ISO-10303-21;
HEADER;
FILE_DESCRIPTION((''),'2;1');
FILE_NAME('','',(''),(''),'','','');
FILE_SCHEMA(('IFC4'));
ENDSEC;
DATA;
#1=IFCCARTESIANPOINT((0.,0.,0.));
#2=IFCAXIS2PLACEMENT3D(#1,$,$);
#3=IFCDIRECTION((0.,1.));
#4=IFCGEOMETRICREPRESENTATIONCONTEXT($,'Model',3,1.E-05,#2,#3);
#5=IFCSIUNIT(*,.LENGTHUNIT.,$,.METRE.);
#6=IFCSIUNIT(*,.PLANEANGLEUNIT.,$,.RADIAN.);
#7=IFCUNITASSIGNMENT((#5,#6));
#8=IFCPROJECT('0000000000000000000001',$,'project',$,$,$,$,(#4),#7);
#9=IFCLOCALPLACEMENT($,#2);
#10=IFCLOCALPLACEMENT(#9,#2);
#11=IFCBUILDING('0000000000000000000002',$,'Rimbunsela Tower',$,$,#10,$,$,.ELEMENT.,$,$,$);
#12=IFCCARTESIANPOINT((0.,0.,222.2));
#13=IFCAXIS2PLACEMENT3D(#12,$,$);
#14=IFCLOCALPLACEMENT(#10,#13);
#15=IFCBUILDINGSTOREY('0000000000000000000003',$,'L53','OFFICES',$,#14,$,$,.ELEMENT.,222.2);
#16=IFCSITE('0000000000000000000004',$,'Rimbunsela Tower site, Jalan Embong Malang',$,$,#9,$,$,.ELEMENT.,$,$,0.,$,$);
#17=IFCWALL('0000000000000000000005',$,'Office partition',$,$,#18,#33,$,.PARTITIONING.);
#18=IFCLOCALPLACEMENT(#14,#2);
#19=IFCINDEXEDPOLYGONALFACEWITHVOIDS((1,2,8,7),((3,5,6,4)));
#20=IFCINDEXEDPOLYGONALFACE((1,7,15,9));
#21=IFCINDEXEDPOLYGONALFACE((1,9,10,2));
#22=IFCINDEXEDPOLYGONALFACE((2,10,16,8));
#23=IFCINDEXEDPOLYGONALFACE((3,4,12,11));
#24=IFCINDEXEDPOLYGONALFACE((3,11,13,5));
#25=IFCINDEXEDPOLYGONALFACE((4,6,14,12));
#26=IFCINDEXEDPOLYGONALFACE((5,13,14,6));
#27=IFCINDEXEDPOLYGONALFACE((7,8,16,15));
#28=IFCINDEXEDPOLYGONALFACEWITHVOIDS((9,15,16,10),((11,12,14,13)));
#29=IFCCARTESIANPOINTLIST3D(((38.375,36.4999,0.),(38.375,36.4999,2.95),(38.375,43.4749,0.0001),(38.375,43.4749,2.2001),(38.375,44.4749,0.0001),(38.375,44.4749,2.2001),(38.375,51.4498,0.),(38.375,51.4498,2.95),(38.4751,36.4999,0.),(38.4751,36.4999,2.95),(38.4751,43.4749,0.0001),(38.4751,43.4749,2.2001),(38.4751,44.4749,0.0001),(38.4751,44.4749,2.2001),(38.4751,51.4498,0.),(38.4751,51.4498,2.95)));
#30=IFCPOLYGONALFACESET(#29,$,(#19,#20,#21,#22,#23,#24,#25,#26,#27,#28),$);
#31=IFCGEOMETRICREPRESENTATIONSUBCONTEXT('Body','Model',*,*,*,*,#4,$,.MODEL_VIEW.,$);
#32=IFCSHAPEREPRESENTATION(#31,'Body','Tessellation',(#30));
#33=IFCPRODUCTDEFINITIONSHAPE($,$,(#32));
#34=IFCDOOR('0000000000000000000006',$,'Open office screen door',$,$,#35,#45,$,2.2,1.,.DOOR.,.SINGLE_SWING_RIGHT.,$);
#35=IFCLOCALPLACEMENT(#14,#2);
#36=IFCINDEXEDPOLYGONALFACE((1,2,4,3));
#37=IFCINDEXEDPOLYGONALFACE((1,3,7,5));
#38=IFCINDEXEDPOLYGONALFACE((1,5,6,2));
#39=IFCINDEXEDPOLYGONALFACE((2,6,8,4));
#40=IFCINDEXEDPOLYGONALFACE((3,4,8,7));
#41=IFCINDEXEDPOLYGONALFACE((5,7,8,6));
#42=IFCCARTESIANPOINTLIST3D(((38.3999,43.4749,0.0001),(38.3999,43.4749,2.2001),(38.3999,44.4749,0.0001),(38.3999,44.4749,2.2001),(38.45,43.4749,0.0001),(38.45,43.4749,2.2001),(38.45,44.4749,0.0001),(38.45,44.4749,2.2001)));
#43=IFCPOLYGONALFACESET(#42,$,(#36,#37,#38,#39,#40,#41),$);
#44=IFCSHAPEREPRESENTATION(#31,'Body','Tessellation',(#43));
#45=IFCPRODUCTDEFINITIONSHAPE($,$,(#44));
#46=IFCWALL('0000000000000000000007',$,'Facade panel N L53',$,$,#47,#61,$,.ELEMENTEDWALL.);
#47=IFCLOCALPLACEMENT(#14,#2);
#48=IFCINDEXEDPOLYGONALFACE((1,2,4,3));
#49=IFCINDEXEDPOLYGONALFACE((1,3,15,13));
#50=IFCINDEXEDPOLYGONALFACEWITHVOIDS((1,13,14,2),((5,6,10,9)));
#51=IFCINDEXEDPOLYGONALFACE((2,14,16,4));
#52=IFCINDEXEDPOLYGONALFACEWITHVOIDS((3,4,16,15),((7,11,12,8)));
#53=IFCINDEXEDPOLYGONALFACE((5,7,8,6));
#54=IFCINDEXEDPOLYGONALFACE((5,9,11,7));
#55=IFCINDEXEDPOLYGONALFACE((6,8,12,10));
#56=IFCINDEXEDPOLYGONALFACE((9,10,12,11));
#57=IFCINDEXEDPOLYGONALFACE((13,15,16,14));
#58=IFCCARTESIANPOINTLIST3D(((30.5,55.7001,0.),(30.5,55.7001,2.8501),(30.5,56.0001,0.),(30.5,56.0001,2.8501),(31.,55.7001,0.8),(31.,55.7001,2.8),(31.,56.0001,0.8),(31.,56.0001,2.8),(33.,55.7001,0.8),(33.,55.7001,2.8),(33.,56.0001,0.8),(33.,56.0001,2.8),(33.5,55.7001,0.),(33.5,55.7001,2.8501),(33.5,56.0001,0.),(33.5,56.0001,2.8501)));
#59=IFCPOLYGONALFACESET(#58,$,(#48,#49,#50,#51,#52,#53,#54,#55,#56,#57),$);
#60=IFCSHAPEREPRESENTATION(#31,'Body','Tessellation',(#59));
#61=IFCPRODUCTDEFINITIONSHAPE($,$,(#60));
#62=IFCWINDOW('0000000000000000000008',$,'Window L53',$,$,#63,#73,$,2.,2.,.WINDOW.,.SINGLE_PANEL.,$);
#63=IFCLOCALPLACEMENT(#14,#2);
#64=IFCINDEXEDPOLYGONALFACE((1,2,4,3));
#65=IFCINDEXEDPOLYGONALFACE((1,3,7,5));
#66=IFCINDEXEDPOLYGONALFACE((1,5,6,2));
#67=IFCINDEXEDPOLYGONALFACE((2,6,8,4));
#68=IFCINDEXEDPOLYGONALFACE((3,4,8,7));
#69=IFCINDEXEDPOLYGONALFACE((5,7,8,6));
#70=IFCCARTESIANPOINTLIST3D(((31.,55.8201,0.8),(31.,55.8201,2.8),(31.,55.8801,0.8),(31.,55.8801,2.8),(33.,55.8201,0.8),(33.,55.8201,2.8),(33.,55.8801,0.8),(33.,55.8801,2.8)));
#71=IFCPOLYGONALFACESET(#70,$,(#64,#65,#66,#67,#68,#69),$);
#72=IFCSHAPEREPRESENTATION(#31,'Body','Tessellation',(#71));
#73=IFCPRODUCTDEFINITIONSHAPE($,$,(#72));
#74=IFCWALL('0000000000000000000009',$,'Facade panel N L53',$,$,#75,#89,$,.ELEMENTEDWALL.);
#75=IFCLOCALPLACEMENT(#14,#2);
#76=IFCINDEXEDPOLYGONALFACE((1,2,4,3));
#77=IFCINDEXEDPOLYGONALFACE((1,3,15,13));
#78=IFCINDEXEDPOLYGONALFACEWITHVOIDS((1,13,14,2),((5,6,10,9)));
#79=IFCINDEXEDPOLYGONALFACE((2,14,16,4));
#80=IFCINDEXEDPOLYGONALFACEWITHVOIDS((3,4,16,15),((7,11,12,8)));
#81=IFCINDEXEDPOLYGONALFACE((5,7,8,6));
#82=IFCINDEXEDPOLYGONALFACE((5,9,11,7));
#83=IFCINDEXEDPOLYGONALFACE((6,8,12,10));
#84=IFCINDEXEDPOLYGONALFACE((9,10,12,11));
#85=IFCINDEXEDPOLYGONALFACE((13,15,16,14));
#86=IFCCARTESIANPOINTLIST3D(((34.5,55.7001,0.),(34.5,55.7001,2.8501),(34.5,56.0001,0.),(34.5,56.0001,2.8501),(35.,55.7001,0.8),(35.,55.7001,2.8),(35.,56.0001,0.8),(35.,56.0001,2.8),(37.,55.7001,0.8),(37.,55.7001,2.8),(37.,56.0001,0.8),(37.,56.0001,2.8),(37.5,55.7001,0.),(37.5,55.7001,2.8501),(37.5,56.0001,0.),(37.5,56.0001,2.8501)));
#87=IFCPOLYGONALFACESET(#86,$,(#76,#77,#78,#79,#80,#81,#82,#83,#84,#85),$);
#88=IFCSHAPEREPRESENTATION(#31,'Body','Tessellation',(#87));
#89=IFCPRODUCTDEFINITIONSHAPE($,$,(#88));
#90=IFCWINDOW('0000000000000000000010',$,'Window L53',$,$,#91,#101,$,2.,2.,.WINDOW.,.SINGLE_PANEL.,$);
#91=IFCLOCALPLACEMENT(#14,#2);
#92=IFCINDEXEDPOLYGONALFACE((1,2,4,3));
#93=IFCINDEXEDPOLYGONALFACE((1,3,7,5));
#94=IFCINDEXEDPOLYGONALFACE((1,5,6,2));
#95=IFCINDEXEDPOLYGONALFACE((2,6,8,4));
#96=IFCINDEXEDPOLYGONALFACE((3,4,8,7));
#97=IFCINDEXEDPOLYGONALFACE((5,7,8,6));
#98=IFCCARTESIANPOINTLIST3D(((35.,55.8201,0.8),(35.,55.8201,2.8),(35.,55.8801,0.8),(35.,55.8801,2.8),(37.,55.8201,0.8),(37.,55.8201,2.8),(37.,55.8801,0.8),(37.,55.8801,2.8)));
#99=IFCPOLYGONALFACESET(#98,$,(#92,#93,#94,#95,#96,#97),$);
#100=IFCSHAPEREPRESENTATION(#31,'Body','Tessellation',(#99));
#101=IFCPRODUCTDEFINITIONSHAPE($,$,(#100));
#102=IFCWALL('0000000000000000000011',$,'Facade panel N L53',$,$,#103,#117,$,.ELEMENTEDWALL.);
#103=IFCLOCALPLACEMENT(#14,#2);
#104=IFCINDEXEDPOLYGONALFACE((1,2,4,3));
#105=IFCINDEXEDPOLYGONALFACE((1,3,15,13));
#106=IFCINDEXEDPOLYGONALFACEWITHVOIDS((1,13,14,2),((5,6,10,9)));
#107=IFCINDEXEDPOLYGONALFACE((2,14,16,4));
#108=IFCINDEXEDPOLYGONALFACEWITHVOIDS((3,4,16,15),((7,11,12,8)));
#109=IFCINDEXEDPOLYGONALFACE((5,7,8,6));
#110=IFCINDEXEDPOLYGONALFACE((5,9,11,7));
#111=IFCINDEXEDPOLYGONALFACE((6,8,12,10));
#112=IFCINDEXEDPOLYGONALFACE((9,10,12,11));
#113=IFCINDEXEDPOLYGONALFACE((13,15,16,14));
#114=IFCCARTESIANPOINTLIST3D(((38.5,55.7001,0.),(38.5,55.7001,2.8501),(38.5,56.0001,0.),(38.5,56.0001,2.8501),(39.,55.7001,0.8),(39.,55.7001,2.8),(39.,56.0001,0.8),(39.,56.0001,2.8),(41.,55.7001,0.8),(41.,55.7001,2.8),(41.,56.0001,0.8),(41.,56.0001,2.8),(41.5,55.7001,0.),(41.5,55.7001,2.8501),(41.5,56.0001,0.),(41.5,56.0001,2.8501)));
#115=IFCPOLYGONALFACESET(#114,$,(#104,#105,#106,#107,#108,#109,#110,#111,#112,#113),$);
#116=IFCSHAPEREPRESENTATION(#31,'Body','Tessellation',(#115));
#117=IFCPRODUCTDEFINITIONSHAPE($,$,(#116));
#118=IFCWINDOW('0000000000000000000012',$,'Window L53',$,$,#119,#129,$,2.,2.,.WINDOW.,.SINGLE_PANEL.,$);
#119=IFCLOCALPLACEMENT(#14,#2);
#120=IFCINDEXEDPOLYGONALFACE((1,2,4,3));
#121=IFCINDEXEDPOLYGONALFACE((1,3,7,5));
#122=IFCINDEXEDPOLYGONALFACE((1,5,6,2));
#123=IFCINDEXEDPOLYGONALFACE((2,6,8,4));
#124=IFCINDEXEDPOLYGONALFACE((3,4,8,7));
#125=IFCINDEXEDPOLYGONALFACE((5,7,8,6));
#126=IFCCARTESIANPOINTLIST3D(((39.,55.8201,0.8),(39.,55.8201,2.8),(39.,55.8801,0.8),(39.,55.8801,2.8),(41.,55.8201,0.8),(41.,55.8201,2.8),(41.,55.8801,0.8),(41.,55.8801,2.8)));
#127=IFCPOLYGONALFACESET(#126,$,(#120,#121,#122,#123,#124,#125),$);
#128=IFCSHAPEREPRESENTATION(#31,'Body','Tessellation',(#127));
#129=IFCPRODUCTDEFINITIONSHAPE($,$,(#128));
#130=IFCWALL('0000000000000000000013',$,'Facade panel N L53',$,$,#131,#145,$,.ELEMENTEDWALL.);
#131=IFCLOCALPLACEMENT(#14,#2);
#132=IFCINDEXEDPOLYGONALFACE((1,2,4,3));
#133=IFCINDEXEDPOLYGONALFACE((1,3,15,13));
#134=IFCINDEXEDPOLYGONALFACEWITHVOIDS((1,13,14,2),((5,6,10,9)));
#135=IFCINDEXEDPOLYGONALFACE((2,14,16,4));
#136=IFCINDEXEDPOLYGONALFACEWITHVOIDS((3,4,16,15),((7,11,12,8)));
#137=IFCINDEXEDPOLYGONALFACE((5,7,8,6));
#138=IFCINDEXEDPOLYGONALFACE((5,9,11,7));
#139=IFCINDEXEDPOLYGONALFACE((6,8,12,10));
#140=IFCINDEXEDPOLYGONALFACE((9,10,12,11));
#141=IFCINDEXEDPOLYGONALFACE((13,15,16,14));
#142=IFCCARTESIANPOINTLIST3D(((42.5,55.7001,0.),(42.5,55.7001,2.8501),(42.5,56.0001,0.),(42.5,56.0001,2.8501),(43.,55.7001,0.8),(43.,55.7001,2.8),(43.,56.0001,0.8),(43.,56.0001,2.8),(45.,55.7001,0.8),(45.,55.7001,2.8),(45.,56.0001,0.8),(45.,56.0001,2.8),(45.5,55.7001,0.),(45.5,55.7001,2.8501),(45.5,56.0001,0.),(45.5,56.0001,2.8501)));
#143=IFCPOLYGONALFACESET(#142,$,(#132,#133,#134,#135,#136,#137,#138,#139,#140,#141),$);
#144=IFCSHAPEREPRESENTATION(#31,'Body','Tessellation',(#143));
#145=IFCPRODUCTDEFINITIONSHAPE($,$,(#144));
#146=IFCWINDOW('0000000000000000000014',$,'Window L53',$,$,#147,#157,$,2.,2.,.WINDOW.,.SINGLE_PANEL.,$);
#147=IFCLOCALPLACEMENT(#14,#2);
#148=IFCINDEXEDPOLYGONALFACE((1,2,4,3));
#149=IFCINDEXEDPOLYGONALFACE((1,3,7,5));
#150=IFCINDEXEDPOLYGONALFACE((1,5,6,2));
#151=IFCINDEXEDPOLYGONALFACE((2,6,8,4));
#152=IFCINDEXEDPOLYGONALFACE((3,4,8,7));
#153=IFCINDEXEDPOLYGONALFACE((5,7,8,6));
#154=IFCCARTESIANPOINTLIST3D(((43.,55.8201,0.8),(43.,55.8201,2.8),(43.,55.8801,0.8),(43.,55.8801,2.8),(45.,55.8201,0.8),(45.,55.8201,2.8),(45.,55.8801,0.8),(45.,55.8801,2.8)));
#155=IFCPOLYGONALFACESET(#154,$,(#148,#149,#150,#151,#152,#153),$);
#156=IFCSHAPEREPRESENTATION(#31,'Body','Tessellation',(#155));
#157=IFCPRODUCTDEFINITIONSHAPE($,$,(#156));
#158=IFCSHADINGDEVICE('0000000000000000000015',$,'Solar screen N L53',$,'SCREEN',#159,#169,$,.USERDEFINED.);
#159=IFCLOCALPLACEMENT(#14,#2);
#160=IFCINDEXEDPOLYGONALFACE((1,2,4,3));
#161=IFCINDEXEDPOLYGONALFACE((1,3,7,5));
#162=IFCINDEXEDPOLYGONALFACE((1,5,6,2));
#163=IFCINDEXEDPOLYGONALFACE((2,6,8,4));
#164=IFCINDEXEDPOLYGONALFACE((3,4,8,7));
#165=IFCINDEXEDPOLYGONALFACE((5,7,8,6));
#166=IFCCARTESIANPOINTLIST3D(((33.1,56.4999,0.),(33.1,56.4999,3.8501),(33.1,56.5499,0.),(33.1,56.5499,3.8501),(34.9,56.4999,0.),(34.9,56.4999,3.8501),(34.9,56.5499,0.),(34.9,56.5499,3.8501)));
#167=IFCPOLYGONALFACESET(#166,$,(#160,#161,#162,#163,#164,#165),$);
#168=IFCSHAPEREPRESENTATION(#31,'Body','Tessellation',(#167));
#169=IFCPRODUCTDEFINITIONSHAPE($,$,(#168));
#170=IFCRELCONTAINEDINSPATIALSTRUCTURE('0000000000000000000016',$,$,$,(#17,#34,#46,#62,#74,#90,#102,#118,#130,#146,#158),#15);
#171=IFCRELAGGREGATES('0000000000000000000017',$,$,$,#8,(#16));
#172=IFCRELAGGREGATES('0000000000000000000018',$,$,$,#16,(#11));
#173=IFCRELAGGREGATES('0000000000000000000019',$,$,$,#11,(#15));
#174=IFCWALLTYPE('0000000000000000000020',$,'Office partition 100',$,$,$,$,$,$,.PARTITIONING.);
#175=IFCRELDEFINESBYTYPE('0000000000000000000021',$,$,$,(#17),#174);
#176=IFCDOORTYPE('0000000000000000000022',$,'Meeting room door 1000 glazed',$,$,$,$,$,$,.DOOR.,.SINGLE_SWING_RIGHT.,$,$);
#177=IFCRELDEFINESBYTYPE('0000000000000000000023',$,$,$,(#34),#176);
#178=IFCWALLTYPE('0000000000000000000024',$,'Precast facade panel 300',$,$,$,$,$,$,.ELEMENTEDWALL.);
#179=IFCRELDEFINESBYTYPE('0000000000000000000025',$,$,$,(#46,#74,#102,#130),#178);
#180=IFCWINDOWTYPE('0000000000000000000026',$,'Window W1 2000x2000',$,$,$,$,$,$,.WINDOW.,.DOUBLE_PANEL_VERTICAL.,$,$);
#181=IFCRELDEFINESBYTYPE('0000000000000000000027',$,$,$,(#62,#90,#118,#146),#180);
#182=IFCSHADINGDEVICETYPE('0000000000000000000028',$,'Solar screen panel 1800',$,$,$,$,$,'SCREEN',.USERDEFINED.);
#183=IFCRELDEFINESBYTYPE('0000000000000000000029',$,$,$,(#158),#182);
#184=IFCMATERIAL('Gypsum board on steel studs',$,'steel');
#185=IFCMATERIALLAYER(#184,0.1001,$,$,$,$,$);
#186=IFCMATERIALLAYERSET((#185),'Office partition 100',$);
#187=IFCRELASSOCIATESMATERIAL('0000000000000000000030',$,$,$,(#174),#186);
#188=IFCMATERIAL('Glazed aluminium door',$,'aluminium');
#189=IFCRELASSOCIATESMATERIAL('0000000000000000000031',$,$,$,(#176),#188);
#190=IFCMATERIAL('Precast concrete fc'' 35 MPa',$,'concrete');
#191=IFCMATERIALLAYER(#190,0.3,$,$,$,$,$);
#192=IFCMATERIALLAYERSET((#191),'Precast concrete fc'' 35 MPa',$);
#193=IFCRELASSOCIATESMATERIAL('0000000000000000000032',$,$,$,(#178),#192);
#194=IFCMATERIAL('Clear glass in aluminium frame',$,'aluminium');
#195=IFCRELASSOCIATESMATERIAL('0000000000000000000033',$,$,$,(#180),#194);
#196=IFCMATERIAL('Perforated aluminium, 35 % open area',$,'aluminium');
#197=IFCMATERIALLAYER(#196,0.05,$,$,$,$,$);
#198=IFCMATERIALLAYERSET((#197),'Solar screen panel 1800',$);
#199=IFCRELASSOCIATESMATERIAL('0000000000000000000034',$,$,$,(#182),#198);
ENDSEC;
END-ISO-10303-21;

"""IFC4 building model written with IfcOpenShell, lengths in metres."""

from ifc_helpers import new_model, si_unit, direction, frame, frame_2d, origin, origin_2d, place, context, subcontext, project, spatial, rectangle, extrude, material, layer, layer_set, type_object, element, fill, save


model = new_model("IFC4")

# Units and contexts
model_context = context("Model", 3, precision=1e-05, world=origin(), true_north=direction((0.0, 1.0)))
body_context = subcontext(model_context, "Body", "Model", "MODEL_VIEW")
ifc_project = project(units=[si_unit("LENGTHUNIT", "METRE"), si_unit("PLANEANGLEUNIT", "RADIAN")], contexts=[model_context])

# Site, building, storey
site_placement = place(None, origin())
site = spatial("IfcSite", under=ifc_project, at=site_placement, Name="Rimbunsela Tower site, Jalan Embong Malang", CompositionType="ELEMENT", RefElevation=0.0)
building_placement = place(site_placement, origin())
building = spatial("IfcBuilding", under=site, at=building_placement, Name="Rimbunsela Tower", CompositionType="ELEMENT")
storey_placement = place(building_placement, frame((0.0, 0.0, 222.2)))
storey = spatial("IfcBuildingStorey", under=building, at=storey_placement, Name="L53", Description="OFFICES", CompositionType="ELEMENT", Elevation=222.2)

# Shared definitions
ifc_material_1 = material(Name="Gypsum board on steel studs", Category="steel")
ifc_layer_1 = layer(ifc_material_1, 0.1001)
ifc_layer_set_1 = layer_set([ifc_layer_1], Name="Office partition 100")
wall_type_1 = type_object("IfcWallType", Name="Office partition 100", PredefinedType="PARTITIONING", material=ifc_layer_set_1)

# Wall, opening, door
wall_1_placement = place(storey_placement, frame((38.425, 51.45, 0.0), z_axis=(0.0, 0.0, 1.0), x_axis=(0.0, -1.0, 0.0)))
wall_1 = element("IfcWall", 1, at=wall_1_placement, inside=storey, type_object=wall_type_1, Name="Office partition", PredefinedType="PARTITIONING", context=body_context, shape_type="SweptSolid", body=[
    extrude(rectangle(XDim=14.95, YDim=0.1001, at=frame_2d((7.4751, 0.0))), origin(), (0.0, 0.0, 1.0), 2.95),
])
opening_1_placement = place(wall_1_placement, frame((6.9751, 0.0, 0.0)))
opening_1 = element("IfcOpeningElement", 2, at=opening_1_placement, cuts=wall_1, PredefinedType="OPENING", context=body_context, shape_type="SweptSolid", body=[
    extrude(rectangle(XDim=1.0, YDim=2.2, at=frame_2d((0.5, 1.1001))), frame((0.0, 0.0601, 0.0), z_axis=(0.0, -1.0, 0.0), x_axis=(1.0, 0.0, 0.0)), (0.0, 0.0, 1.0), 0.1201),
])
ifc_material_2 = material(Name="Glazed aluminium door", Category="aluminium")
door_type = type_object("IfcDoorType", Name="Meeting room door 1000 glazed", OperationType="SINGLE_SWING_RIGHT", PredefinedType="DOOR", material=ifc_material_2)
door_placement = place(opening_1_placement, origin())
door = element("IfcDoor", 3, at=door_placement, inside=storey, type_object=door_type, Name="Open office screen door", OperationType="SINGLE_SWING_RIGHT", OverallHeight=2.2, OverallWidth=1.0, PredefinedType="DOOR", context=body_context, shape_type="SweptSolid", body=[
    extrude(rectangle(XDim=1.0, YDim=2.2, at=frame_2d((0.5, 1.1001))), frame((0.0, 0.0249, 0.0), z_axis=(0.0, -1.0, 0.0), x_axis=(1.0, 0.0, 0.0)), (0.0, 0.0, 1.0), 0.05),
])
fill(opening_1, door)

# Walls, openings, windows
ifc_material_3 = material(Name="Precast concrete fc' 35 MPa", Category="concrete")
ifc_layer_2 = layer(ifc_material_3, 0.3)
ifc_layer_set_2 = layer_set([ifc_layer_2], Name="Precast concrete fc' 35 MPa")
wall_type_2 = type_object("IfcWallType", Name="Precast facade panel 300", PredefinedType="ELEMENTEDWALL", material=ifc_layer_set_2)
wall_2_placement = place(storey_placement, frame((33.5, 55.8501, 0.0), z_axis=(0.0, 0.0, 1.0), x_axis=(-1.0, 0.0, 0.0)))
wall_2 = element("IfcWall", 4, at=wall_2_placement, inside=storey, type_object=wall_type_2, Name="Facade panel N L53", PredefinedType="ELEMENTEDWALL", context=body_context, shape_type="SweptSolid", body=[
    extrude(rectangle(XDim=3.0, YDim=0.3, at=frame_2d((1.5, 0.0))), origin(), (0.0, 0.0, 1.0), 2.8501),
])
opening_2_placement = place(wall_2_placement, frame((0.5, 0.0, 0.8)))
opening_2 = element("IfcOpeningElement", 5, at=opening_2_placement, cuts=wall_2, PredefinedType="OPENING", context=body_context, shape_type="SweptSolid", body=[
    extrude(rectangle(XDim=2.0, YDim=2.0, at=frame_2d((1.0, 1.0))), frame((0.0, 0.1599, 0.0), z_axis=(0.0, -1.0, 0.0), x_axis=(1.0, 0.0, 0.0)), (0.0, 0.0, 1.0), 0.3201),
])
ifc_material_4 = material(Name="Clear glass in aluminium frame", Category="aluminium")
window_type = type_object("IfcWindowType", Name="Window W1 2000x2000", PartitioningType="DOUBLE_PANEL_VERTICAL", PredefinedType="WINDOW", material=ifc_material_4)
window_1_placement = place(opening_2_placement, origin())
window_1 = element("IfcWindow", 6, at=window_1_placement, inside=storey, type_object=window_type, Name="Window L53", OverallHeight=2.0, OverallWidth=2.0, PartitioningType="SINGLE_PANEL", PredefinedType="WINDOW", context=body_context, shape_type="SweptSolid", body=[
    extrude(rectangle(XDim=2.0, YDim=2.0, at=frame_2d((1.0, 1.0))), frame((0.0, 0.03, 0.0), z_axis=(0.0, -1.0, 0.0), x_axis=(1.0, 0.0, 0.0)), (0.0, 0.0, 1.0), 0.0601),
])
fill(opening_2, window_1)
wall_3_placement = place(storey_placement, frame((37.5, 55.8501, 0.0), z_axis=(0.0, 0.0, 1.0), x_axis=(-1.0, 0.0, 0.0)))
wall_3 = element("IfcWall", 7, at=wall_3_placement, inside=storey, type_object=wall_type_2, Name="Facade panel N L53", PredefinedType="ELEMENTEDWALL", context=body_context, shape_type="SweptSolid", body=[
    extrude(rectangle(XDim=3.0, YDim=0.3, at=frame_2d((1.5, 0.0))), origin(), (0.0, 0.0, 1.0), 2.8501),
])
opening_3_placement = place(wall_3_placement, frame((0.5, 0.0, 0.8)))
opening_3 = element("IfcOpeningElement", 8, at=opening_3_placement, cuts=wall_3, PredefinedType="OPENING", context=body_context, shape_type="SweptSolid", body=[
    extrude(rectangle(XDim=2.0, YDim=2.0, at=frame_2d((1.0, 1.0))), frame((0.0, 0.1599, 0.0), z_axis=(0.0, -1.0, 0.0), x_axis=(1.0, 0.0, 0.0)), (0.0, 0.0, 1.0), 0.3201),
])
window_2_placement = place(opening_3_placement, origin())
window_2 = element("IfcWindow", 9, at=window_2_placement, inside=storey, type_object=window_type, Name="Window L53", OverallHeight=2.0, OverallWidth=2.0, PartitioningType="SINGLE_PANEL", PredefinedType="WINDOW", context=body_context, shape_type="SweptSolid", body=[
    extrude(rectangle(XDim=2.0, YDim=2.0, at=frame_2d((1.0, 1.0))), frame((0.0, 0.03, 0.0), z_axis=(0.0, -1.0, 0.0), x_axis=(1.0, 0.0, 0.0)), (0.0, 0.0, 1.0), 0.0601),
])
fill(opening_3, window_2)
wall_4_placement = place(storey_placement, frame((41.5, 55.8501, 0.0), z_axis=(0.0, 0.0, 1.0), x_axis=(-1.0, 0.0, 0.0)))
wall_4 = element("IfcWall", 10, at=wall_4_placement, inside=storey, type_object=wall_type_2, Name="Facade panel N L53", PredefinedType="ELEMENTEDWALL", context=body_context, shape_type="SweptSolid", body=[
    extrude(rectangle(XDim=3.0, YDim=0.3, at=frame_2d((1.5, 0.0))), origin(), (0.0, 0.0, 1.0), 2.8501),
])
opening_4_placement = place(wall_4_placement, frame((0.5, 0.0, 0.8)))
opening_4 = element("IfcOpeningElement", 11, at=opening_4_placement, cuts=wall_4, PredefinedType="OPENING", context=body_context, shape_type="SweptSolid", body=[
    extrude(rectangle(XDim=2.0, YDim=2.0, at=frame_2d((1.0, 1.0))), frame((0.0, 0.1599, 0.0), z_axis=(0.0, -1.0, 0.0), x_axis=(1.0, 0.0, 0.0)), (0.0, 0.0, 1.0), 0.3201),
])
window_3_placement = place(opening_4_placement, origin())
window_3 = element("IfcWindow", 12, at=window_3_placement, inside=storey, type_object=window_type, Name="Window L53", OverallHeight=2.0, OverallWidth=2.0, PartitioningType="SINGLE_PANEL", PredefinedType="WINDOW", context=body_context, shape_type="SweptSolid", body=[
    extrude(rectangle(XDim=2.0, YDim=2.0, at=frame_2d((1.0, 1.0))), frame((0.0, 0.03, 0.0), z_axis=(0.0, -1.0, 0.0), x_axis=(1.0, 0.0, 0.0)), (0.0, 0.0, 1.0), 0.0601),
])
fill(opening_4, window_3)
wall_5_placement = place(storey_placement, frame((45.5, 55.8501, 0.0), z_axis=(0.0, 0.0, 1.0), x_axis=(-1.0, 0.0, 0.0)))
wall_5 = element("IfcWall", 13, at=wall_5_placement, inside=storey, type_object=wall_type_2, Name="Facade panel N L53", PredefinedType="ELEMENTEDWALL", context=body_context, shape_type="SweptSolid", body=[
    extrude(rectangle(XDim=3.0, YDim=0.3, at=frame_2d((1.5, 0.0))), origin(), (0.0, 0.0, 1.0), 2.8501),
])
opening_5_placement = place(wall_5_placement, frame((0.5, 0.0, 0.8)))
opening_5 = element("IfcOpeningElement", 14, at=opening_5_placement, cuts=wall_5, PredefinedType="OPENING", context=body_context, shape_type="SweptSolid", body=[
    extrude(rectangle(XDim=2.0, YDim=2.0, at=frame_2d((1.0, 1.0))), frame((0.0, 0.1599, 0.0), z_axis=(0.0, -1.0, 0.0), x_axis=(1.0, 0.0, 0.0)), (0.0, 0.0, 1.0), 0.3201),
])
window_4_placement = place(opening_5_placement, origin())
window_4 = element("IfcWindow", 15, at=window_4_placement, inside=storey, type_object=window_type, Name="Window L53", OverallHeight=2.0, OverallWidth=2.0, PartitioningType="SINGLE_PANEL", PredefinedType="WINDOW", context=body_context, shape_type="SweptSolid", body=[
    extrude(rectangle(XDim=2.0, YDim=2.0, at=frame_2d((1.0, 1.0))), frame((0.0, 0.03, 0.0), z_axis=(0.0, -1.0, 0.0), x_axis=(1.0, 0.0, 0.0)), (0.0, 0.0, 1.0), 0.0601),
])
fill(opening_5, window_4)

# Shading device
ifc_material_5 = material(Name="Perforated aluminium, 35 % open area", Category="aluminium")
ifc_layer_3 = layer(ifc_material_5, 0.05)
ifc_layer_set_3 = layer_set([ifc_layer_3], Name="Solar screen panel 1800")
shading_device_type = type_object("IfcShadingDeviceType", Name="Solar screen panel 1800", ElementType="SCREEN", PredefinedType="USERDEFINED", material=ifc_layer_set_3)
for number, where, z_axis, x_axis, name in (
    (16, (34.0, 56.5249, 0.0), (0.0, 0.0, 1.0), (1.0, 0.0, 0.0), "Solar screen N L53"),
):
    element("IfcShadingDevice", number, at=place(storey_placement, frame(where, z_axis=z_axis, x_axis=x_axis)), inside=storey, type_object=shading_device_type, Name=name, ObjectType="SCREEN", PredefinedType="USERDEFINED", context=body_context, shape_type="SweptSolid", body=[
        extrude(rectangle(XDim=1.8, YDim=0.05, at=origin_2d()), origin(), (0.0, 0.0, 1.0), 3.8501),
    ])

save(model, "model.ifc")
